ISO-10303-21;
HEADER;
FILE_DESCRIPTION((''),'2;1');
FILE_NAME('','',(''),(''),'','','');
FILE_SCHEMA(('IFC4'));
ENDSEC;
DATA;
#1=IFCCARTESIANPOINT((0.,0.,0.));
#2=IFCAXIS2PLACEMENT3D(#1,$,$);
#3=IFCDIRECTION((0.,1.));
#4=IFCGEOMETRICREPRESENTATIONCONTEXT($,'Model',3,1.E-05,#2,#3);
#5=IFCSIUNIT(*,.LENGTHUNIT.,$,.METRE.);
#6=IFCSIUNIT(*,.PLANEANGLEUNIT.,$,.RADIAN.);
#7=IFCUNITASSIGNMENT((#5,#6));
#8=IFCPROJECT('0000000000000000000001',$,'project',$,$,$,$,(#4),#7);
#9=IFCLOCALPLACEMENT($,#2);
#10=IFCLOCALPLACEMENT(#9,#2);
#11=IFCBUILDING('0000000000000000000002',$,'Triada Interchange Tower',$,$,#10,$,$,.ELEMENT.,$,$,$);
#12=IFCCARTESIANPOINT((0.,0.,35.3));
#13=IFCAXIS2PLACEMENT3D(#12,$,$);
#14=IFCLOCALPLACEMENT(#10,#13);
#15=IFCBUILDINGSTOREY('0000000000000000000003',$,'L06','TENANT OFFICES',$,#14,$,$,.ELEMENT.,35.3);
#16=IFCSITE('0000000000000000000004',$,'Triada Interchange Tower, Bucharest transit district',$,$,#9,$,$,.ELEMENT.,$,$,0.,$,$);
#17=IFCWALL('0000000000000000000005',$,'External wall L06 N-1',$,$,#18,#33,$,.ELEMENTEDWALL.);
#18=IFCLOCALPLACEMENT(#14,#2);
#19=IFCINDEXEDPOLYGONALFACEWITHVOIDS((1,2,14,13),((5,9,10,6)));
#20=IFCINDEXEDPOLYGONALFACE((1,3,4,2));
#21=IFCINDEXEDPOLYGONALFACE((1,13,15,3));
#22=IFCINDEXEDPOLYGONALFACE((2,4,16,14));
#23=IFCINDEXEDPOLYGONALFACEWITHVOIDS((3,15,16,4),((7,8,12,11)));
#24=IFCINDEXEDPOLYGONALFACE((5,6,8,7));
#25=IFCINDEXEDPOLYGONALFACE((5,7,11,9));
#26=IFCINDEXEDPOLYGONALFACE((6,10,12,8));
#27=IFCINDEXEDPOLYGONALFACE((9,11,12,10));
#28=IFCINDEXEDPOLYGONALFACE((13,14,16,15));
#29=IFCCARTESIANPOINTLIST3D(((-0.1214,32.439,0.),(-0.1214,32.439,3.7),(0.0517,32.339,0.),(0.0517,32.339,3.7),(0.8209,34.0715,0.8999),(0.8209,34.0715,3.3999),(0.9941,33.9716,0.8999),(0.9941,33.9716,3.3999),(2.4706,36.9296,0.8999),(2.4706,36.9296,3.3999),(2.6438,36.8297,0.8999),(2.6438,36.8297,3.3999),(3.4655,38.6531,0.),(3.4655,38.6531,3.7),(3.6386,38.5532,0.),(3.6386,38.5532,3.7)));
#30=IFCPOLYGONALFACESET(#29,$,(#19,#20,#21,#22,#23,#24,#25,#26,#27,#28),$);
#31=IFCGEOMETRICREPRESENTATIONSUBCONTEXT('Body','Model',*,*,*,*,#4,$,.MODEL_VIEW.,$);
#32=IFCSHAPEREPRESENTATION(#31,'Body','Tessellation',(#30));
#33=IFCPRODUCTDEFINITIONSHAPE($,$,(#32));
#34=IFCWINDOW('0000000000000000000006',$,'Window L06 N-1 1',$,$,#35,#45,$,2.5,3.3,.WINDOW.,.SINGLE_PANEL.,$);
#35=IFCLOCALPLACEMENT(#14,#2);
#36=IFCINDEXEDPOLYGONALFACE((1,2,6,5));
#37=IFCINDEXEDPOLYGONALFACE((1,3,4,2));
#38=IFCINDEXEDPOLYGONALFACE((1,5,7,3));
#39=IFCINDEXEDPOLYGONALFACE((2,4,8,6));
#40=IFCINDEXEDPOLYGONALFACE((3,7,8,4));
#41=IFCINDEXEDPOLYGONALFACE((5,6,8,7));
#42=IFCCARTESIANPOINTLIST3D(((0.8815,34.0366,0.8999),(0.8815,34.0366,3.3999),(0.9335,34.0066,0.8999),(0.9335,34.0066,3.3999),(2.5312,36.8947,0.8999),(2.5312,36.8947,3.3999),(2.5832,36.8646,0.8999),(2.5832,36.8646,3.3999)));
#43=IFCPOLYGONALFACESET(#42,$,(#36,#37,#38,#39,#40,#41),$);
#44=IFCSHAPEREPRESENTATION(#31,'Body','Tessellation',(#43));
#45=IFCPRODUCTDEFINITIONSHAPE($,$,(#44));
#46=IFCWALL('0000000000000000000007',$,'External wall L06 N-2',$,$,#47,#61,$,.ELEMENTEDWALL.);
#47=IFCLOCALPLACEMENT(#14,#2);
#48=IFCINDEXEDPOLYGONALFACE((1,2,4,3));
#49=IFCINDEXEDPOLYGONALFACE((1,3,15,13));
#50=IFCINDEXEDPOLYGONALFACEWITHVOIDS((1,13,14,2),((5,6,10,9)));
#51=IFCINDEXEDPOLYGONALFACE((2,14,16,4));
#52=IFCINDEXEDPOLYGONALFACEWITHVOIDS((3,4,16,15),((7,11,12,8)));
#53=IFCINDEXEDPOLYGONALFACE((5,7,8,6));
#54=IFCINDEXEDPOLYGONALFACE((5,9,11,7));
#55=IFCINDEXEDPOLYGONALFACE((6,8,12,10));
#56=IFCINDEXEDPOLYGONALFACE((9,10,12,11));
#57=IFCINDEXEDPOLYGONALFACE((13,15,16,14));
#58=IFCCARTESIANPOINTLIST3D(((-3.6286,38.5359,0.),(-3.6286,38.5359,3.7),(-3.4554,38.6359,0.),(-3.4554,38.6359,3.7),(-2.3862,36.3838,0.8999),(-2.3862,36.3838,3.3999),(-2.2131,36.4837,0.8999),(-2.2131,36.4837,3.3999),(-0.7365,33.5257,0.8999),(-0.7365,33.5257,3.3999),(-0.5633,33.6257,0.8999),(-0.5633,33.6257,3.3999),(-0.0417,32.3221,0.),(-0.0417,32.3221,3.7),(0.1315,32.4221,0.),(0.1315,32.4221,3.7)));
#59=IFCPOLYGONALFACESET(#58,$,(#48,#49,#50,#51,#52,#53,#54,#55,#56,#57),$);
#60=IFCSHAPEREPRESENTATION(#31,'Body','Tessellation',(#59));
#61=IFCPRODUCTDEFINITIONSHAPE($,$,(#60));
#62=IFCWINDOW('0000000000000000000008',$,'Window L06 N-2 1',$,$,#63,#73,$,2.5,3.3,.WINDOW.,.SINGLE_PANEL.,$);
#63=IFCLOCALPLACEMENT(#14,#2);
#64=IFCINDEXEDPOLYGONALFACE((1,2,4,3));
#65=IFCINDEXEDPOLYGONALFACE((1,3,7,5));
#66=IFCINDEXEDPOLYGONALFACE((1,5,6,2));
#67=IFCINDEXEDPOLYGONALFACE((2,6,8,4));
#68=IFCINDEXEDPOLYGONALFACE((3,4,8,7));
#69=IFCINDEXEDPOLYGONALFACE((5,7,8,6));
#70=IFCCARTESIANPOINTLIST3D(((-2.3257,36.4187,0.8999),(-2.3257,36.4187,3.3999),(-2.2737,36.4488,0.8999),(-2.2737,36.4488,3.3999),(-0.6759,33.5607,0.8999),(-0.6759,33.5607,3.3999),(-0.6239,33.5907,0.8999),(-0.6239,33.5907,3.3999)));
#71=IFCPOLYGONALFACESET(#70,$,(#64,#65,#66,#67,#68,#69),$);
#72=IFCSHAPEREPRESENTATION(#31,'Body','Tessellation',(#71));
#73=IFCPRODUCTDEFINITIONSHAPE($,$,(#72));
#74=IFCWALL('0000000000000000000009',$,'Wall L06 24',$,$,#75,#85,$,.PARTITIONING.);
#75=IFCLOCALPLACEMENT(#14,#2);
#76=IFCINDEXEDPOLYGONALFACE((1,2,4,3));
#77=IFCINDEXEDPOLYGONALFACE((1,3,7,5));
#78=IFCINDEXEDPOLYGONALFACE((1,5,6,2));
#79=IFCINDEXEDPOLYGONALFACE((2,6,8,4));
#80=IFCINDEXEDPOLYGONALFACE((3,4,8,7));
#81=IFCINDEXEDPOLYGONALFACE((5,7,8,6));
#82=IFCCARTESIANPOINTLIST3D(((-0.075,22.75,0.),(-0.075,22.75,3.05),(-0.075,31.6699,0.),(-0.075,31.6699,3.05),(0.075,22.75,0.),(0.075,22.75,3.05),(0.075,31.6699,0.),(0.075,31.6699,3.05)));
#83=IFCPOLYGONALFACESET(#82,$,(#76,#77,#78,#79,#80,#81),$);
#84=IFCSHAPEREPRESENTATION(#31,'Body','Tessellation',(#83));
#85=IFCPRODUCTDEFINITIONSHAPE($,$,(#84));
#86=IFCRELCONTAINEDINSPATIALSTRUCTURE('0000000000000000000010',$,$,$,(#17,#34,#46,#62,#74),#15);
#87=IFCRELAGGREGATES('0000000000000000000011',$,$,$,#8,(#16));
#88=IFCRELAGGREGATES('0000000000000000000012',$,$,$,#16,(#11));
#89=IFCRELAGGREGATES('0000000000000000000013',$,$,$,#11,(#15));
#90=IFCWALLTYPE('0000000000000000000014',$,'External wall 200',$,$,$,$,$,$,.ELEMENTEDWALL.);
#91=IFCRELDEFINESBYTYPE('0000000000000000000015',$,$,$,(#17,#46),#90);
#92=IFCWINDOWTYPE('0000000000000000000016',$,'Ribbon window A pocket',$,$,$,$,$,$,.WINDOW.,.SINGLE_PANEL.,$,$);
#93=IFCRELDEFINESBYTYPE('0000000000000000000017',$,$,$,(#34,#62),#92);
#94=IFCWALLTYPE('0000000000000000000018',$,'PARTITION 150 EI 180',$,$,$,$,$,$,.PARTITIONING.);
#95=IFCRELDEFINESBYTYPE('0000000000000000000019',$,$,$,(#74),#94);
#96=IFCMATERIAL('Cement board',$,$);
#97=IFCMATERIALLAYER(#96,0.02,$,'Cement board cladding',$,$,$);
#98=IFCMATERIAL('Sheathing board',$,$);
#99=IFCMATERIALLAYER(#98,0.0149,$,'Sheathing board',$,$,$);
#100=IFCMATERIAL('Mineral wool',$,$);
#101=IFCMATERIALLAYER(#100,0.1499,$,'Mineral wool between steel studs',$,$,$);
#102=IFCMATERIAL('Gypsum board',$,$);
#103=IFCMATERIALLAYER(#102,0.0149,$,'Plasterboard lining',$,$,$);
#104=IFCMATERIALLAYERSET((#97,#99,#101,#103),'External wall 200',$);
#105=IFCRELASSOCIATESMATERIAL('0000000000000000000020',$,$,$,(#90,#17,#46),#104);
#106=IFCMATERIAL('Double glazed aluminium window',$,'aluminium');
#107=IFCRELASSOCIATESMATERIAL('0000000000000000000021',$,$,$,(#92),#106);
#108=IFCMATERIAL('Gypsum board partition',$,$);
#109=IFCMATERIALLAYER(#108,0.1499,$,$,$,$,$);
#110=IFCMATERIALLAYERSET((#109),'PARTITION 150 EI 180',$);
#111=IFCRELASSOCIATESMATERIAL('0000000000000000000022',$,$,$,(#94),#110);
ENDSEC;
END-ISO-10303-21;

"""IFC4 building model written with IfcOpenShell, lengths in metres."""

from ifc_helpers import new_model, si_unit, direction, frame, frame_2d, origin, place, context, subcontext, project, spatial, rectangle, extrude, material, layer, layer_set, layer_usage, type_object, element, fill, save


model = new_model("IFC4")

# Units and contexts
model_context = context("Model", 3, precision=1e-05, world=origin(), true_north=direction((0.0, 1.0)))
body_context = subcontext(model_context, "Body", "Model", "MODEL_VIEW")
ifc_project = project(units=[si_unit("LENGTHUNIT", "METRE"), si_unit("PLANEANGLEUNIT", "RADIAN")], contexts=[model_context])

# Site, building, storey
site_placement = place(None, origin())
site = spatial("IfcSite", under=ifc_project, at=site_placement, Name="Triada Interchange Tower, Bucharest transit district", CompositionType="ELEMENT", RefElevation=0.0)
building_placement = place(site_placement, origin())
building = spatial("IfcBuilding", under=site, at=building_placement, Name="Triada Interchange Tower", CompositionType="ELEMENT")
storey_placement = place(building_placement, frame((0.0, 0.0, 35.3)))
storey = spatial("IfcBuildingStorey", under=building, at=storey_placement, Name="L06", Description="TENANT OFFICES", CompositionType="ELEMENT", Elevation=35.3)

# Walls, openings, windows
ifc_material_1 = material(Name="Cement board")
ifc_layer_1 = layer(ifc_material_1, 0.02, Name="Cement board cladding")
ifc_material_2 = material(Name="Sheathing board")
ifc_layer_2 = layer(ifc_material_2, 0.0149, Name="Sheathing board")
ifc_material_3 = material(Name="Mineral wool")
ifc_layer_3 = layer(ifc_material_3, 0.1499, Name="Mineral wool between steel studs")
ifc_material_4 = material(Name="Gypsum board")
ifc_layer_4 = layer(ifc_material_4, 0.0149, Name="Plasterboard lining")
ifc_layer_set_1 = layer_set([ifc_layer_1, ifc_layer_2, ifc_layer_3, ifc_layer_4], Name="External wall 200")
ifc_layer_usage = layer_usage(ifc_layer_set_1, "AXIS2", "POSITIVE", -0.1001)
wall_type_1 = type_object("IfcWallType", Name="External wall 200", PredefinedType="ELEMENTEDWALL", material=ifc_layer_set_1)
wall_1_placement = place(storey_placement, frame((3.552, 38.603, 0.0), z_axis=(0.0, 0.0, 1.0), x_axis=(-0.499916, -0.866074, 0.0)))
wall_1 = element("IfcWall", 1, at=wall_1_placement, inside=storey, type_object=wall_type_1, material=ifc_layer_usage, Name="External wall L06 N-1", PredefinedType="ELEMENTEDWALL", context=body_context, shape_type="SweptSolid", body=[
    extrude(rectangle(XDim=7.175, YDim=0.2, at=frame_2d((3.5874, 0.0))), origin(), (0.0, 0.0, 1.0), 3.7),
])
opening_1_placement = place(wall_1_placement, frame((1.99, 0.0, 0.8999)))
opening_1 = element("IfcOpeningElement", 2, at=opening_1_placement, cuts=wall_1, PredefinedType="OPENING", context=body_context, shape_type="SweptSolid", body=[
    extrude(rectangle(XDim=3.3, YDim=2.5, at=frame_2d((1.6499, 1.25))), frame((0.0, 0.1099, 0.0), z_axis=(0.0, -1.0, 0.0), x_axis=(1.0, 0.0, 0.0)), (0.0, 0.0, 1.0), 0.22),
])
ifc_material_5 = material(Name="Double glazed aluminium window", Category="aluminium")
window_type = type_object("IfcWindowType", Name="Ribbon window A pocket", PartitioningType="SINGLE_PANEL", PredefinedType="WINDOW", material=ifc_material_5)
window_1_placement = place(opening_1_placement, origin())
window_1 = element("IfcWindow", 3, at=window_1_placement, inside=storey, type_object=window_type, Name="Window L06 N-1 1", OverallHeight=2.5, OverallWidth=3.3, PartitioningType="SINGLE_PANEL", PredefinedType="WINDOW", context=body_context, shape_type="SweptSolid", body=[
    extrude(rectangle(XDim=3.3, YDim=2.5, at=frame_2d((1.6499, 1.25))), frame((0.0, 0.03, 0.0), z_axis=(0.0, -1.0, 0.0), x_axis=(1.0, 0.0, 0.0)), (0.0, 0.0, 1.0), 0.0601),
])
fill(opening_1, window_1)
wall_2_placement = place(storey_placement, frame((0.0449, 32.3721, 0.0), z_axis=(0.0, 0.0, 1.0), x_axis=(-0.499931, 0.866065, 0.0)))
wall_2 = element("IfcWall", 4, at=wall_2_placement, inside=storey, type_object=wall_type_1, material=ifc_layer_usage, Name="External wall L06 N-2", PredefinedType="ELEMENTEDWALL", context=body_context, shape_type="SweptSolid", body=[
    extrude(rectangle(XDim=7.1748, YDim=0.2, at=frame_2d((3.5874, 0.0))), origin(), (0.0, 0.0, 1.0), 3.7),
])
opening_2_placement = place(wall_2_placement, frame((1.3899, 0.0, 0.8999)))
opening_2 = element("IfcOpeningElement", 5, at=opening_2_placement, cuts=wall_2, PredefinedType="OPENING", context=body_context, shape_type="SweptSolid", body=[
    extrude(rectangle(XDim=3.3, YDim=2.5, at=frame_2d((1.6499, 1.25))), frame((0.0, 0.1099, 0.0), z_axis=(0.0, -1.0, 0.0), x_axis=(1.0, 0.0, 0.0)), (0.0, 0.0, 1.0), 0.22),
])
window_2_placement = place(opening_2_placement, origin())
window_2 = element("IfcWindow", 6, at=window_2_placement, inside=storey, type_object=window_type, Name="Window L06 N-2 1", OverallHeight=2.5, OverallWidth=3.3, PartitioningType="SINGLE_PANEL", PredefinedType="WINDOW", context=body_context, shape_type="SweptSolid", body=[
    extrude(rectangle(XDim=3.3, YDim=2.5, at=frame_2d((1.6499, 1.25))), frame((0.0, 0.03, 0.0), z_axis=(0.0, -1.0, 0.0), x_axis=(1.0, 0.0, 0.0)), (0.0, 0.0, 1.0), 0.0601),
])
fill(opening_2, window_2)

# Wall
ifc_material_6 = material(Name="Gypsum board partition")
ifc_layer_5 = layer(ifc_material_6, 0.1499)
ifc_layer_set_2 = layer_set([ifc_layer_5], Name="PARTITION 150 EI 180")
wall_type_2 = type_object("IfcWallType", Name="PARTITION 150 EI 180", PredefinedType="PARTITIONING", material=ifc_layer_set_2)
wall_3_placement = place(storey_placement, frame((0.0, 22.75, 0.0), z_axis=(0.0, 0.0, 1.0), x_axis=(0.0, 1.0, 0.0)))
element("IfcWall", 7, at=wall_3_placement, inside=storey, type_object=wall_type_2, Name="Wall L06 24", PredefinedType="PARTITIONING", context=body_context, shape_type="SweptSolid", body=[
    extrude(rectangle(XDim=8.9199, YDim=0.1499, at=frame_2d((4.46, 0.0))), origin(), (0.0, 0.0, 1.0), 3.05),
])

save(model, "model.ifc")
